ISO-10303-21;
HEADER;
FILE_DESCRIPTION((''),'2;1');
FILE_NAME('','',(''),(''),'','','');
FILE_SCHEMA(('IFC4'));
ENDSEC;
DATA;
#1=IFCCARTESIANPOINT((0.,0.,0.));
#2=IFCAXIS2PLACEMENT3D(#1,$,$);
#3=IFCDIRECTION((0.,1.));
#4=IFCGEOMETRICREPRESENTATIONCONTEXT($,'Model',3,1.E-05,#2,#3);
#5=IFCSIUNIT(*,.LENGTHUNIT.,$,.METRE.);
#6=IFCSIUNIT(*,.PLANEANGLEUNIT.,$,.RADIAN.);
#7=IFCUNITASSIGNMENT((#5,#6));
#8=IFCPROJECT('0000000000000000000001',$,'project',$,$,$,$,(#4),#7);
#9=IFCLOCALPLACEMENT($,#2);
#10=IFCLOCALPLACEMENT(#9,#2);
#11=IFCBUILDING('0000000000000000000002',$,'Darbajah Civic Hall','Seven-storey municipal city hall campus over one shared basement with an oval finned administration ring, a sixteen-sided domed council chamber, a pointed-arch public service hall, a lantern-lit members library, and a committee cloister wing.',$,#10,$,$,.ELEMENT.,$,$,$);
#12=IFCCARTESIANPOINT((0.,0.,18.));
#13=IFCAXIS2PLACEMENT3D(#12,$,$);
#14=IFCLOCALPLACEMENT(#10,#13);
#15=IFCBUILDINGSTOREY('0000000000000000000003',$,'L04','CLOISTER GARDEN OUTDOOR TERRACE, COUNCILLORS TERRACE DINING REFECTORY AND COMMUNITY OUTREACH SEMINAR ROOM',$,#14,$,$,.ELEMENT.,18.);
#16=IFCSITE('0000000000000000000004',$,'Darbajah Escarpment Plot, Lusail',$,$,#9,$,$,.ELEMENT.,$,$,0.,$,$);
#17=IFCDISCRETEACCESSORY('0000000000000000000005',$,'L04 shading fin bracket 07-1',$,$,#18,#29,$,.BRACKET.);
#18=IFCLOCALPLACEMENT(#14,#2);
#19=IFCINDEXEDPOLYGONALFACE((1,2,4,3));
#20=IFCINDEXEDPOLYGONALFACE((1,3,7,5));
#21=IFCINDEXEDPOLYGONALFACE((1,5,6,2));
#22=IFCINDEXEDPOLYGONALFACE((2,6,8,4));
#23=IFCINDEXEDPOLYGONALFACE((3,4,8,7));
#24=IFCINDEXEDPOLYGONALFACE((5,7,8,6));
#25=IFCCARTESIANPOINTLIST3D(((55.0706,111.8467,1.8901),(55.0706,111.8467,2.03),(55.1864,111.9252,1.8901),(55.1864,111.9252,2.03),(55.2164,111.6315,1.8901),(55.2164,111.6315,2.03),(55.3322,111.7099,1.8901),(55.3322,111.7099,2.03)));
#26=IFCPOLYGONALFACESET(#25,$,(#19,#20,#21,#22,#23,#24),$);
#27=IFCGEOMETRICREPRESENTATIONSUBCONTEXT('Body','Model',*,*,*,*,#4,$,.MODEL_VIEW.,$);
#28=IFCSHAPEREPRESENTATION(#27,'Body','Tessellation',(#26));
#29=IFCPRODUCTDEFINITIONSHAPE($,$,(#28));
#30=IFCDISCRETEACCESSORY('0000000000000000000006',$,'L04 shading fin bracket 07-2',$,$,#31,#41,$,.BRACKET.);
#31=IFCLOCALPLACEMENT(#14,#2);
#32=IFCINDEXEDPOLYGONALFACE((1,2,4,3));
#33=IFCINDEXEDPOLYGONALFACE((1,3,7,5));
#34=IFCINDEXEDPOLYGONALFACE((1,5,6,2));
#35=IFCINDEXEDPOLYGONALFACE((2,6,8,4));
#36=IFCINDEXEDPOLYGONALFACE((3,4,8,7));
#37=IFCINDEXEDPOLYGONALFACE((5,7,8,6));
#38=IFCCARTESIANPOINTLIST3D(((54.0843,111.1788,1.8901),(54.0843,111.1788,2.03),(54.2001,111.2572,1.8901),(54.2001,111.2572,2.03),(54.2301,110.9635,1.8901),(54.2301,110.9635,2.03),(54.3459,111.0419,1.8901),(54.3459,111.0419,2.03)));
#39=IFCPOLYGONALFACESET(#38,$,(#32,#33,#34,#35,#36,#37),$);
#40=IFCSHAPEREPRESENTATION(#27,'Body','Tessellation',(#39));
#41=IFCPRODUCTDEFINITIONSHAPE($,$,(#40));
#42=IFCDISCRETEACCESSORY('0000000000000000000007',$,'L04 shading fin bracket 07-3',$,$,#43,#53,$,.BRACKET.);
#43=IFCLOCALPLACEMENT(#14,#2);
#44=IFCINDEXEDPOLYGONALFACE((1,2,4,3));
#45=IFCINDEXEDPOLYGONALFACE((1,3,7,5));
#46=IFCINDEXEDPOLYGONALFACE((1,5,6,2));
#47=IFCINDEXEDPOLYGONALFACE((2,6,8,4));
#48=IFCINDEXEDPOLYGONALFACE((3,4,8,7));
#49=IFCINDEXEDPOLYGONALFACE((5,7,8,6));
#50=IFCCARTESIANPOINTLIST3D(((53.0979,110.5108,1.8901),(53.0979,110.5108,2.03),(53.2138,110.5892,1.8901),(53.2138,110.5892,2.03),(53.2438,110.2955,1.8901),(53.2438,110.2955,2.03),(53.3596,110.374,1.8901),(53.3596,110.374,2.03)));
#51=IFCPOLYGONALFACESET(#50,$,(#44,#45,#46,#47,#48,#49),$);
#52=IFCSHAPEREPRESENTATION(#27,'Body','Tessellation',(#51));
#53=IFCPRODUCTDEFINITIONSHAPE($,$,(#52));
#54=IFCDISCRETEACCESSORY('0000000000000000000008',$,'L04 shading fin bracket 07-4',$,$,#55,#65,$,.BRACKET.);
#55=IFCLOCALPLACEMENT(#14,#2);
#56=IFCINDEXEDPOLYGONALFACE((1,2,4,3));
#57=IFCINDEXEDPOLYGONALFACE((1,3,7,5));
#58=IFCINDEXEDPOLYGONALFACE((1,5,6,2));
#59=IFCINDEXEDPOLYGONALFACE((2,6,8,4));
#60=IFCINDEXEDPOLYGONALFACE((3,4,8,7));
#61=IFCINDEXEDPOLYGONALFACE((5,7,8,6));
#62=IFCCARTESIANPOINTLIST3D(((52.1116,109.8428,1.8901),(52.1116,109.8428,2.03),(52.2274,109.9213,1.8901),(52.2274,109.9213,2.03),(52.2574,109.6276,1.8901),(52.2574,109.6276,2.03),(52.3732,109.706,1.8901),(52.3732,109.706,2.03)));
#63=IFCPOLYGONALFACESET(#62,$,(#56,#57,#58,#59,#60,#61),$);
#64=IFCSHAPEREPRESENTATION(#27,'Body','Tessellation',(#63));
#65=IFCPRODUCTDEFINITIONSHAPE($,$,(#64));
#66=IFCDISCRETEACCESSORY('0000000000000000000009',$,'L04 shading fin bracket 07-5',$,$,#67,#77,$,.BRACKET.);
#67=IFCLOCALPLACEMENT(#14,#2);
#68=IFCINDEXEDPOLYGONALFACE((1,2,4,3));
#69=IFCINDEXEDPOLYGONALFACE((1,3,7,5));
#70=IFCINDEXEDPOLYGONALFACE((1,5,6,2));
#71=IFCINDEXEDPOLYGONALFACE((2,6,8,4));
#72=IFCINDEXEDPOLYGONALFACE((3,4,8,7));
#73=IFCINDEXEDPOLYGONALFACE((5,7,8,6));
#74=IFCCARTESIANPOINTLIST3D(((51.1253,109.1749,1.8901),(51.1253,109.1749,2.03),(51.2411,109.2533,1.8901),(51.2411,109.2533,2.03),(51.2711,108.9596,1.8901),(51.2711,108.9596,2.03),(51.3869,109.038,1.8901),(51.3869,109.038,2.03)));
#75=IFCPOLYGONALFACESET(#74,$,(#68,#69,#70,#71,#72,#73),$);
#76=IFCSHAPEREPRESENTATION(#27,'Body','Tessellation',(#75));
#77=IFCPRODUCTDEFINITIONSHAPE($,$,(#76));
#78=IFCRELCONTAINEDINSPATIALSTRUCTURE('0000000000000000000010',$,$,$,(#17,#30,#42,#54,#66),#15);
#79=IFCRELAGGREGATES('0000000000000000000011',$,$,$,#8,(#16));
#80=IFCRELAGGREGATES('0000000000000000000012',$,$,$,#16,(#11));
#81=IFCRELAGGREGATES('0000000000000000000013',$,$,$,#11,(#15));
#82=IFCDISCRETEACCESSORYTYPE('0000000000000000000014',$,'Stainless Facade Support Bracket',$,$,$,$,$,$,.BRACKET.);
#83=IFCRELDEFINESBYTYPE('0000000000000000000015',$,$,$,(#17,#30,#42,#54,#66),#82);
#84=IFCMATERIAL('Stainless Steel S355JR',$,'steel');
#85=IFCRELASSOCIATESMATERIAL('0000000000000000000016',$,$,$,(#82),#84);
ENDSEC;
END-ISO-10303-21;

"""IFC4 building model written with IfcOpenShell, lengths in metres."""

from ifc_helpers import new_model, si_unit, direction, frame, origin, origin_2d, place, context, subcontext, project, spatial, rectangle, extrude, material, type_object, element, save


model = new_model("IFC4")

# Units and contexts
model_context = context("Model", 3, precision=1e-05, world=origin(), true_north=direction((0.0, 1.0)))
body_context = subcontext(model_context, "Body", "Model", "MODEL_VIEW")
ifc_project = project(units=[si_unit("LENGTHUNIT", "METRE"), si_unit("PLANEANGLEUNIT", "RADIAN")], contexts=[model_context])

# Site, building, storey
site_placement = place(None, origin())
site = spatial("IfcSite", under=ifc_project, at=site_placement, Name="Darbajah Escarpment Plot, Lusail", CompositionType="ELEMENT", RefElevation=0.0)
building_placement = place(site_placement, origin())
building = spatial("IfcBuilding", under=site, at=building_placement, Name="Darbajah Civic Hall", Description="Seven-storey municipal city hall campus over one shared basement with an oval finned administration ring, a sixteen-sided domed council chamber, a pointed-arch public service hall, a lantern-lit members library, and a committee cloister wing.", CompositionType="ELEMENT")
storey_placement = place(building_placement, frame((0.0, 0.0, 18.0)))
storey = spatial("IfcBuildingStorey", under=building, at=storey_placement, Name="L04", Description="CLOISTER GARDEN OUTDOOR TERRACE, COUNCILLORS TERRACE DINING REFECTORY AND COMMUNITY OUTREACH SEMINAR ROOM", CompositionType="ELEMENT", Elevation=18.0)

# Discrete accessories
ifc_material_1 = material(Name="Stainless Steel S355JR", Category="steel")
discrete_accessory_type = type_object("IfcDiscreteAccessoryType", Name="Stainless Facade Support Bracket", PredefinedType="BRACKET", material=ifc_material_1)
for number, where, z_axis, x_axis, name in (
    (1, (55.2014, 111.7783, 1.8901), (0.0, 0.0, 1.0), (-0.560784, 0.827962, 0.0), "L04 shading fin bracket 07-1"),
    (2, (54.2151, 111.1104, 1.8901), (0.0, 0.0, 1.0), (-0.560784, 0.827962, 0.0), "L04 shading fin bracket 07-2"),
    (3, (53.2288, 110.4424, 1.8901), (0.0, 0.0, 1.0), (-0.560784, 0.827962, 0.0), "L04 shading fin bracket 07-3"),
    (4, (52.2424, 109.7744, 1.8901), (0.0, 0.0, 1.0), (-0.560784, 0.827962, 0.0), "L04 shading fin bracket 07-4"),
    (5, (51.2561, 109.1064, 1.8901), (0.0, 0.0, 1.0), (-0.560784, 0.827962, 0.0), "L04 shading fin bracket 07-5"),
):
    element("IfcDiscreteAccessory", number, at=place(storey_placement, frame(where, z_axis=z_axis, x_axis=x_axis)), inside=storey, type_object=discrete_accessory_type, Name=name, PredefinedType="BRACKET", context=body_context, shape_type="SweptSolid", body=[
        extrude(rectangle(XDim=0.26, YDim=0.1399, at=origin_2d()), origin(), (0.0, 0.0, 1.0), 0.1399),
    ])

save(model, "model.ifc")
